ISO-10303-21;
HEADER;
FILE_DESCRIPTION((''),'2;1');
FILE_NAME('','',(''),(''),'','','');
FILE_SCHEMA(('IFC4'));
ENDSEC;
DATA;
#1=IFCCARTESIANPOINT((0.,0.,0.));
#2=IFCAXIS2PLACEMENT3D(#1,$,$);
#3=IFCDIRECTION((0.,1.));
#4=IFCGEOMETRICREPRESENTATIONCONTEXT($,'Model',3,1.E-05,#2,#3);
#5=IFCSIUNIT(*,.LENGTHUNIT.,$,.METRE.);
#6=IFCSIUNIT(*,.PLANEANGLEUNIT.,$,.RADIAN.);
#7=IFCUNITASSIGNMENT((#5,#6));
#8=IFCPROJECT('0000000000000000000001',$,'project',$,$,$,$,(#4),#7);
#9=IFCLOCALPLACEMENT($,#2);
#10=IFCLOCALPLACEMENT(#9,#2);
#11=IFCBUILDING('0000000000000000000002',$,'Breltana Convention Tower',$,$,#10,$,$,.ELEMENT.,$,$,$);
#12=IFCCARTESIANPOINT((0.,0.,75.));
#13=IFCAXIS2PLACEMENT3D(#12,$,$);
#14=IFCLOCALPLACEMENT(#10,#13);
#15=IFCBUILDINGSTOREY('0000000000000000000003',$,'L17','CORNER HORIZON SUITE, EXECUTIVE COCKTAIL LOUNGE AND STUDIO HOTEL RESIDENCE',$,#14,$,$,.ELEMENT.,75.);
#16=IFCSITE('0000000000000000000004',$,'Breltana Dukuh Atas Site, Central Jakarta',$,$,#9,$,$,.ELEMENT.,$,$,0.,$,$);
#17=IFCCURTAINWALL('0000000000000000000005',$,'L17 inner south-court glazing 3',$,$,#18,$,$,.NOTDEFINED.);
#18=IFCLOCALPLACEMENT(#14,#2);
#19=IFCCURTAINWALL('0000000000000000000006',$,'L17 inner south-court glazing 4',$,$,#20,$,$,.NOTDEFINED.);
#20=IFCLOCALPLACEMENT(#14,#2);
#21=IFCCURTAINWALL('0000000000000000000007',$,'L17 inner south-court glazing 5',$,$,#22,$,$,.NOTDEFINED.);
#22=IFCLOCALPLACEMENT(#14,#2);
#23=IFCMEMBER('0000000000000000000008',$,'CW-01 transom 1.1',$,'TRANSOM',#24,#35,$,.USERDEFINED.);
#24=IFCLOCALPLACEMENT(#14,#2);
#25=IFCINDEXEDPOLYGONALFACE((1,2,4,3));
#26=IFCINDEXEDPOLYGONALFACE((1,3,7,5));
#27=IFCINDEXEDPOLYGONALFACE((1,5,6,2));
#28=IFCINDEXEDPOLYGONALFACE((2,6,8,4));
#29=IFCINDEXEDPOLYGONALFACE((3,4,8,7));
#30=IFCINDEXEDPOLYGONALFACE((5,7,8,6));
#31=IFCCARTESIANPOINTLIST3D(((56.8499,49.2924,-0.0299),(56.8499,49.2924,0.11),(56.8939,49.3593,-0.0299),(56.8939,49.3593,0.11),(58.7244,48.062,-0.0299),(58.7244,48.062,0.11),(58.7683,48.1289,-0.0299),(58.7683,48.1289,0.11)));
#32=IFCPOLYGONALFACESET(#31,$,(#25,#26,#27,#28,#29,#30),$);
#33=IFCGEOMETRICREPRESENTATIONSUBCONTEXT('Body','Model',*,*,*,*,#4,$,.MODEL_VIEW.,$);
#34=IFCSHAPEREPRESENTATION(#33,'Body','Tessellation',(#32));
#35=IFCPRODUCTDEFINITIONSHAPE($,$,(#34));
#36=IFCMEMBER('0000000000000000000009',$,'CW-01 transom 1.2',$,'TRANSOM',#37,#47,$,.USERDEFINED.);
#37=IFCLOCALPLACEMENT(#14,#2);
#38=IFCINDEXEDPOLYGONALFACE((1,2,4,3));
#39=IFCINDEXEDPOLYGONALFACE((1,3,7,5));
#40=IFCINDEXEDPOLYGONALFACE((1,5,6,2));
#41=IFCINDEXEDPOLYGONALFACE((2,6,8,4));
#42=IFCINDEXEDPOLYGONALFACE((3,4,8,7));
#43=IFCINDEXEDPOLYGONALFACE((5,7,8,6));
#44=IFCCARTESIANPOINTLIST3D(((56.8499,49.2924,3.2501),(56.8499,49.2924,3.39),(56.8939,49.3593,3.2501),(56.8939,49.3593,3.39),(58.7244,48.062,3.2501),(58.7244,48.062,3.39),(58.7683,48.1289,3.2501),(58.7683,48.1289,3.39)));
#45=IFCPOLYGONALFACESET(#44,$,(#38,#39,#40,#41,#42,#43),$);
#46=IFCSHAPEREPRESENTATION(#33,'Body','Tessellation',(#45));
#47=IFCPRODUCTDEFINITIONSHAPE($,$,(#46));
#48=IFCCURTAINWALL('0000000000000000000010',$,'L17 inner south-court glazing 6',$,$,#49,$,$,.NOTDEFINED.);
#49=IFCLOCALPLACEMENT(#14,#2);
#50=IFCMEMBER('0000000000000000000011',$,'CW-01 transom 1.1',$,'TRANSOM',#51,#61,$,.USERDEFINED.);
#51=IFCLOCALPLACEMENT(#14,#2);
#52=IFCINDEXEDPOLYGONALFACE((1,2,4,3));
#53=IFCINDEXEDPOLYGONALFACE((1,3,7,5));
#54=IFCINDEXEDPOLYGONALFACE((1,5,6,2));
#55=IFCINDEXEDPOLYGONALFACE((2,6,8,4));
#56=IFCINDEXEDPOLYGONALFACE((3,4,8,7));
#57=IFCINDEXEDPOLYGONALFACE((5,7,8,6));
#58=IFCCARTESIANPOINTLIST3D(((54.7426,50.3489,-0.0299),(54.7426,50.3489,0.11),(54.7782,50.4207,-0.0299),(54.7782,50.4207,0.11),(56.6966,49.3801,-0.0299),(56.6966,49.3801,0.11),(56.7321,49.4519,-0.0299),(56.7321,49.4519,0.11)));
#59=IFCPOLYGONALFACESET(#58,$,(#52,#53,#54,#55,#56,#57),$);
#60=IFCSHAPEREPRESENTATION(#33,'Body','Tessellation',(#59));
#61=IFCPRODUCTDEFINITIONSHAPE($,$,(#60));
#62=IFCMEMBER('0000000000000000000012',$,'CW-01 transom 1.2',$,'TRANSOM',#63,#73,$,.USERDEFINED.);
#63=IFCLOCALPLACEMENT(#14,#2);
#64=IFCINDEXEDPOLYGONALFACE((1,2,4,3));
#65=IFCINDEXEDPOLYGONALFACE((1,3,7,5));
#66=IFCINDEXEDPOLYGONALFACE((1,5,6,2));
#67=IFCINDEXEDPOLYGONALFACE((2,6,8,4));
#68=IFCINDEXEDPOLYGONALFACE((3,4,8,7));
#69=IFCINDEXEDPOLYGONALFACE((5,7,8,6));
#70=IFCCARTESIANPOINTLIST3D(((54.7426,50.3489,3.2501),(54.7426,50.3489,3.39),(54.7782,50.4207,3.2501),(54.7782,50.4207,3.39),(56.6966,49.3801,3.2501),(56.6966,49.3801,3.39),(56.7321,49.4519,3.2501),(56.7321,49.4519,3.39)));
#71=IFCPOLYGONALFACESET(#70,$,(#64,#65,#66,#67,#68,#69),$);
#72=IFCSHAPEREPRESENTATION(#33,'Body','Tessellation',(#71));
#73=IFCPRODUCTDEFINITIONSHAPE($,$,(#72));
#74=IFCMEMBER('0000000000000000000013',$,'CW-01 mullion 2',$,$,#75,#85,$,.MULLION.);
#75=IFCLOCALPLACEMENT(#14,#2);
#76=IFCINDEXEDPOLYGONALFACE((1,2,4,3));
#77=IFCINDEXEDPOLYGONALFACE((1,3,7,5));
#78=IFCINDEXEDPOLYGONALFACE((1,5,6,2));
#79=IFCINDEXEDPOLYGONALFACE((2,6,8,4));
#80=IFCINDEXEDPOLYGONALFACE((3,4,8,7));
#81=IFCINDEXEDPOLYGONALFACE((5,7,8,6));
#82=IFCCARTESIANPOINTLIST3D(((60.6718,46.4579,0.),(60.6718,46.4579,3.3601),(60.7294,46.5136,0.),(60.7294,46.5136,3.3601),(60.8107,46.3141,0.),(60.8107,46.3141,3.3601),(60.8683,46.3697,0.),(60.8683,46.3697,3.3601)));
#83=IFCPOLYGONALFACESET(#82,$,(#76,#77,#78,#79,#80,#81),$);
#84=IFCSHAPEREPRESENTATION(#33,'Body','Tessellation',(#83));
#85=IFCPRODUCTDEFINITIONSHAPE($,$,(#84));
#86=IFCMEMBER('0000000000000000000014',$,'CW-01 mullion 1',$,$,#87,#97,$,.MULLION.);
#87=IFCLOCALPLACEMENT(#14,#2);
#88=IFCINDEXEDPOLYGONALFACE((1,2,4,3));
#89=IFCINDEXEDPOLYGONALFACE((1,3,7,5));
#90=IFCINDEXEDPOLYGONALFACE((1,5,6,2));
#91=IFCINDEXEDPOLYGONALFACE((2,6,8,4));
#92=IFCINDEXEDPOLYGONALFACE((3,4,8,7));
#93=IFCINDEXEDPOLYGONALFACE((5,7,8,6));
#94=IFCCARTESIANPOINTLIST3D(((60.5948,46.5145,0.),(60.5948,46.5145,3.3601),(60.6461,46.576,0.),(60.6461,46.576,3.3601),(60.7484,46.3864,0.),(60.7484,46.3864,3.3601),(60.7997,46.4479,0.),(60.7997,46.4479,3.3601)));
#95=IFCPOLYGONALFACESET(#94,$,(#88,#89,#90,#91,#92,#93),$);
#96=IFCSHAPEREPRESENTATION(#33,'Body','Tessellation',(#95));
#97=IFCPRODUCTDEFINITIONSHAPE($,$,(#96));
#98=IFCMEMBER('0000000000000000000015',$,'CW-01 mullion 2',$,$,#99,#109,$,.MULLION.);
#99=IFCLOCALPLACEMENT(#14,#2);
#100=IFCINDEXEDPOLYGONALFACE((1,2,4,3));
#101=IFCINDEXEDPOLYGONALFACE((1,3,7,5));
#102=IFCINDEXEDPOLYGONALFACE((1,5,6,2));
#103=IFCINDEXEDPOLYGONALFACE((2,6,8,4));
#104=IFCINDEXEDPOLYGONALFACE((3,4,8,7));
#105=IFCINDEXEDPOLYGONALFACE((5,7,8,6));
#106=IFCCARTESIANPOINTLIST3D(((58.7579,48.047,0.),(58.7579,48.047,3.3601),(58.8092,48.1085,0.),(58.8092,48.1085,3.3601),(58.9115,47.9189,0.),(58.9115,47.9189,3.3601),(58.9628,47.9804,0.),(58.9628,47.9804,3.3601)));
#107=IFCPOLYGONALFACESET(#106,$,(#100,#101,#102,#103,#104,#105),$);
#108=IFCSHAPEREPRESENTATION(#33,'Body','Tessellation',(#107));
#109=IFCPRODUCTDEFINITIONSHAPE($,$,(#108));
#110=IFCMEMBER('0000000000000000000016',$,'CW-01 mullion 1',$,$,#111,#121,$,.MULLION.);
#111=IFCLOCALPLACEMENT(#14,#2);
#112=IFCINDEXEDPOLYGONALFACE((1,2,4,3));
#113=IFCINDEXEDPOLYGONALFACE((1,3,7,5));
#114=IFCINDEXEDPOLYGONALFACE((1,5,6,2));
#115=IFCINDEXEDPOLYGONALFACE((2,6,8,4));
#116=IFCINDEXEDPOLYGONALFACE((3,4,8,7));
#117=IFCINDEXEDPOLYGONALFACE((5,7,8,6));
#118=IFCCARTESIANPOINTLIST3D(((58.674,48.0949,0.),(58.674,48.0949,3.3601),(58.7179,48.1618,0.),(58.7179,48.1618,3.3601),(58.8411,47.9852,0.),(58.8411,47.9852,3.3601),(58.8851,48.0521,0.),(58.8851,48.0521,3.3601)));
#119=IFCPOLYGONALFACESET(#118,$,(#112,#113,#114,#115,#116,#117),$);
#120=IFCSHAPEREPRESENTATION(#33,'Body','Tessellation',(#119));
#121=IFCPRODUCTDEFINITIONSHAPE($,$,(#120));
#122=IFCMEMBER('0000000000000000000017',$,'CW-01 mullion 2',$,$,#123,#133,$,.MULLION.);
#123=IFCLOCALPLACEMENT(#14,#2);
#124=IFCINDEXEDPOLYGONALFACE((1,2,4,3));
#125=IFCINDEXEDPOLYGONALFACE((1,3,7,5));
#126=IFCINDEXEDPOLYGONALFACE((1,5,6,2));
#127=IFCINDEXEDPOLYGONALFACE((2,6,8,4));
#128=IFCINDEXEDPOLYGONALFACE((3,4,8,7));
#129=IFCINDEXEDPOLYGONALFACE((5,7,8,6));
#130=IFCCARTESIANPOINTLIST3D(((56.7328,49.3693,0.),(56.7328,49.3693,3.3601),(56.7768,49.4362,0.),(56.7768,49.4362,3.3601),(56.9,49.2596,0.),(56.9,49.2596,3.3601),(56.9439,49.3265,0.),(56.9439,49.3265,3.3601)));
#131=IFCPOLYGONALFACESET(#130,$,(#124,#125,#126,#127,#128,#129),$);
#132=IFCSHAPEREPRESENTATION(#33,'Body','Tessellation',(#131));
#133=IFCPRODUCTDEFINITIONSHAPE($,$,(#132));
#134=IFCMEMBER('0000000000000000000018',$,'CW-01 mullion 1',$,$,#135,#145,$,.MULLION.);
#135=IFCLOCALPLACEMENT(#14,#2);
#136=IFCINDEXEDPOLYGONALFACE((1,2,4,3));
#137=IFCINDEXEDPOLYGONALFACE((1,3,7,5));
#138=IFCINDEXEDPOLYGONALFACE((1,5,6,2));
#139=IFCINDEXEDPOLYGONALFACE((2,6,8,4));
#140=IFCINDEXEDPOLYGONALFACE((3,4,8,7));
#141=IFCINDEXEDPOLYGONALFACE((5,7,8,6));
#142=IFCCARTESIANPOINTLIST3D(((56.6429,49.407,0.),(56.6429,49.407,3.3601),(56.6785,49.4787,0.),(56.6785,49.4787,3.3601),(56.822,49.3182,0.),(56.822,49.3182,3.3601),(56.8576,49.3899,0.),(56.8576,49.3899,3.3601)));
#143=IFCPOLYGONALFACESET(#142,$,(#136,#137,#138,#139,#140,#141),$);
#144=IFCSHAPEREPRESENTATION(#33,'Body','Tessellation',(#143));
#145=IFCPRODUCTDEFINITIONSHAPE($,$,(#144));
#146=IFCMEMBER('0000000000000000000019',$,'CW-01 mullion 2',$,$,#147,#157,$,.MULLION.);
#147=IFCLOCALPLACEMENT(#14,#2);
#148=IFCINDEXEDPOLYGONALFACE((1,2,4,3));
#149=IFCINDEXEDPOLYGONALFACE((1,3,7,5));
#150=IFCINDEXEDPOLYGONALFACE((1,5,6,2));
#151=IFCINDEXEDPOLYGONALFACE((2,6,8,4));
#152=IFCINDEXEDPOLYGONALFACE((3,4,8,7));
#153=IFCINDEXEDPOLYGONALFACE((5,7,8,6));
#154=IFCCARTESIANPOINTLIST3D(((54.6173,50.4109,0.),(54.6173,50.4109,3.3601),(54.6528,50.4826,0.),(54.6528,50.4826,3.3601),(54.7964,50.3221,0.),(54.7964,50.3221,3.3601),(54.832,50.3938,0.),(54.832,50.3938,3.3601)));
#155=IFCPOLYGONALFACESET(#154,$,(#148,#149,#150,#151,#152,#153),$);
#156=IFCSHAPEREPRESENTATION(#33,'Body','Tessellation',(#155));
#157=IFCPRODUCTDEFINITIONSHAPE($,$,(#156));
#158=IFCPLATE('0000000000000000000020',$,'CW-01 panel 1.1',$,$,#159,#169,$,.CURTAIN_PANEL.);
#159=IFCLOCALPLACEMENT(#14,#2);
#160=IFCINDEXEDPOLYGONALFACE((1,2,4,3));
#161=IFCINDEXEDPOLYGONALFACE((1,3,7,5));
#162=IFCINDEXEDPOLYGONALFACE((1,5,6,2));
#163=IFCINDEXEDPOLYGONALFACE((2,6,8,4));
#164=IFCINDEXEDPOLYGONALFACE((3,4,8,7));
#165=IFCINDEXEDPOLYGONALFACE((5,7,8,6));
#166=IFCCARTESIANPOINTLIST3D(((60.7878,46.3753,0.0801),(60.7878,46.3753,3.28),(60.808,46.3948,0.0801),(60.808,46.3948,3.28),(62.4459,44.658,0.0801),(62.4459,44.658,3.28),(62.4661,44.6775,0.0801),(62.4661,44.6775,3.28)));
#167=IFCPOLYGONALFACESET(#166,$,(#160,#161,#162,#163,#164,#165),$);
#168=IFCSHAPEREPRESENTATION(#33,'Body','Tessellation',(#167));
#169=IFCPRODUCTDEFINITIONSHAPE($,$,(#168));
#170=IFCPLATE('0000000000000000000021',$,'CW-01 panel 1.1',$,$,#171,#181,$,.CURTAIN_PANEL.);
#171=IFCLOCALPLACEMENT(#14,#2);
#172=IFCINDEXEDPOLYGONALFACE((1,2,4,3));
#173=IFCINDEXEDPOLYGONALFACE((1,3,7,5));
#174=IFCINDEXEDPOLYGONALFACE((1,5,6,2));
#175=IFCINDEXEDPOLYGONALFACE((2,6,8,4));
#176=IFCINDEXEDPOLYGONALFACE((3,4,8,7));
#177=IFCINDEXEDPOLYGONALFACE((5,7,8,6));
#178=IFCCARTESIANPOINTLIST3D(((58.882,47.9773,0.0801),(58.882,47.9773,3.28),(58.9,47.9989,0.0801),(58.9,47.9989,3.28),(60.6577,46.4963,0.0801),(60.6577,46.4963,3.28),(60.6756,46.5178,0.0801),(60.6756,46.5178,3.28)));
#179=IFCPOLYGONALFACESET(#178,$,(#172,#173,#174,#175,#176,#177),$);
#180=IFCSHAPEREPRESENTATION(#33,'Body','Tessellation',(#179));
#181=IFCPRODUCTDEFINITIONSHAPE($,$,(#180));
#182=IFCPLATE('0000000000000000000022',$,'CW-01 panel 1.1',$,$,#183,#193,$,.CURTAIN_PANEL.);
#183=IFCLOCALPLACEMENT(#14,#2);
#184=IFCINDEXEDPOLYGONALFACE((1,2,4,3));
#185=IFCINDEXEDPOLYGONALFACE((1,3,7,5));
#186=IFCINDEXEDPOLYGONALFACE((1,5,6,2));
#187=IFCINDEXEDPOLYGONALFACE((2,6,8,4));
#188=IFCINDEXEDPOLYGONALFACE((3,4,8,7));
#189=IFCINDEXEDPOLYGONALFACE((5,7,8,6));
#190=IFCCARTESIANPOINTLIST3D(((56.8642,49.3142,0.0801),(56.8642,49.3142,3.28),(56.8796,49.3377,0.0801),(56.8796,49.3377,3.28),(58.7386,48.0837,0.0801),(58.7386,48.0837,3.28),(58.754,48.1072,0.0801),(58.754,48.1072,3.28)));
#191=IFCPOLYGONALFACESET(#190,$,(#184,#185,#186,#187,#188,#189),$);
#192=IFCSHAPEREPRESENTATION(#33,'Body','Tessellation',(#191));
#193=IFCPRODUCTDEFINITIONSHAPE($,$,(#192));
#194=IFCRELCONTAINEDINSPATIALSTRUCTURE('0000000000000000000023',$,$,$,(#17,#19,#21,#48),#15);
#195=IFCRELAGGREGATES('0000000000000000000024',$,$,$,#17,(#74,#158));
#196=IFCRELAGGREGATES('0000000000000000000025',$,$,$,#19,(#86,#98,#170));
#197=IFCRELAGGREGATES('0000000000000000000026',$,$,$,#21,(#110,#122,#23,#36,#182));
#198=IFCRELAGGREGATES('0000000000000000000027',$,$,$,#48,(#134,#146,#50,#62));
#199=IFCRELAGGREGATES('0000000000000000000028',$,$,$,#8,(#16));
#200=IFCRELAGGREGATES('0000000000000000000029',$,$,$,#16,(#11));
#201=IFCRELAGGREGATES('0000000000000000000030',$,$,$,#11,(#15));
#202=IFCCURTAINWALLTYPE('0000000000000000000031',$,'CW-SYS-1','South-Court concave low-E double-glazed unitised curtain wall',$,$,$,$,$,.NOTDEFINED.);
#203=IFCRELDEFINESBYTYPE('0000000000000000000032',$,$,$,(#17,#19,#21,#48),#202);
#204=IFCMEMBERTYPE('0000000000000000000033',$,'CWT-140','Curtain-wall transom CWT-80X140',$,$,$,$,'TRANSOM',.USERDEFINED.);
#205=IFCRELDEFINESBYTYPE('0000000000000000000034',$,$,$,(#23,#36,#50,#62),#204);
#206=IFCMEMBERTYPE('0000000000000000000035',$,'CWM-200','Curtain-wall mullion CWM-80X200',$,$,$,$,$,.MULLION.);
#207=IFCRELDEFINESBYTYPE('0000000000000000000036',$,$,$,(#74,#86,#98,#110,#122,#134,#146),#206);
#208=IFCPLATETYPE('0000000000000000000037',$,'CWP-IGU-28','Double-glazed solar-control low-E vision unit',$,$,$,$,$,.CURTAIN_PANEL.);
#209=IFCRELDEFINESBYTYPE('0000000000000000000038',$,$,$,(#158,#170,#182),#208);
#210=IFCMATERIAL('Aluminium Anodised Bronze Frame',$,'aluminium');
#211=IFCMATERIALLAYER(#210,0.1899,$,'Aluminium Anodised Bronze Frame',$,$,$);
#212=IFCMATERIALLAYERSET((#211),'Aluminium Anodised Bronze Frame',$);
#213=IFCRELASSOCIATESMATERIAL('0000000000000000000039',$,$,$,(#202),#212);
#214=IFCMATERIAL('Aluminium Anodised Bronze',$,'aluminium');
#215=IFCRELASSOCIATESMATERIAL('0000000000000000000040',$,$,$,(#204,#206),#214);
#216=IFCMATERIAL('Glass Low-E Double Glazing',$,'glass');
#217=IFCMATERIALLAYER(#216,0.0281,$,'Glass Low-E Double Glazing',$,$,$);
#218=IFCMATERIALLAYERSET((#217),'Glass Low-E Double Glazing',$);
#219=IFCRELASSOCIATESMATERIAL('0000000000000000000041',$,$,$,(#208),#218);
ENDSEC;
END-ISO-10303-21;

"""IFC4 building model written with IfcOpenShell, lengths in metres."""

from ifc_helpers import new_model, si_unit, direction, frame, origin, origin_2d, place, context, subcontext, project, spatial, rectangle, extrude, source, transform, mapped, material, layer, layer_set, material_profile, profile_set, type_object, element, aggregate, save


model = new_model("IFC4")

# Units and contexts
model_context = context("Model", 3, precision=1e-05, world=origin(), true_north=direction((0.0, 1.0)))
body_context = subcontext(model_context, "Body", "Model", "MODEL_VIEW")
ifc_project = project(units=[si_unit("LENGTHUNIT", "METRE"), si_unit("PLANEANGLEUNIT", "RADIAN")], contexts=[model_context])

# Site, building, storey
site_placement = place(None, origin())
site = spatial("IfcSite", under=ifc_project, at=site_placement, Name="Breltana Dukuh Atas Site, Central Jakarta", CompositionType="ELEMENT", RefElevation=0.0)
building_placement = place(site_placement, origin())
building = spatial("IfcBuilding", under=site, at=building_placement, Name="Breltana Convention Tower", CompositionType="ELEMENT")
storey_placement = place(building_placement, frame((0.0, 0.0, 75.0)))
storey = spatial("IfcBuildingStorey", under=building, at=storey_placement, Name="L17", Description="CORNER HORIZON SUITE, EXECUTIVE COCKTAIL LOUNGE AND STUDIO HOTEL RESIDENCE", CompositionType="ELEMENT", Elevation=75.0)

# Curtain walls, members
ifc_material_1 = material(Name="Aluminium Anodised Bronze Frame", Category="aluminium")
ifc_layer_1 = layer(ifc_material_1, 0.1899, Name="Aluminium Anodised Bronze Frame")
ifc_layer_set_1 = layer_set([ifc_layer_1], Name="Aluminium Anodised Bronze Frame")
curtain_wall_type = type_object("IfcCurtainWallType", Name="CW-SYS-1", Description="South-Court concave low-E double-glazed unitised curtain wall", PredefinedType="NOTDEFINED", material=ifc_layer_set_1)
curtain_wall_1_placement = place(storey_placement, origin())
curtain_wall_1 = element("IfcCurtainWall", 1, at=curtain_wall_1_placement, inside=storey, type_object=curtain_wall_type, Name="L17 inner south-court glazing 3", PredefinedType="NOTDEFINED")
ifc_material_2 = material(Name="Aluminium Anodised Bronze", Category="aluminium")
ifc_material_profile_1 = material_profile(ifc_material_2, rectangle(XDim=0.0801, YDim=0.1399, at=origin_2d()), Name="CWT-80X140")
ifc_profile_set_1 = profile_set([ifc_material_profile_1], Name="Aluminium Anodised Bronze")
member_type_1 = type_object("IfcMemberType", Name="CWT-140", Description="Curtain-wall transom CWT-80X140", ElementType="TRANSOM", PredefinedType="USERDEFINED", material=ifc_profile_set_1)
curtain_wall_2_placement = place(storey_placement, origin())
curtain_wall_2 = element("IfcCurtainWall", 2, at=curtain_wall_2_placement, inside=storey, type_object=curtain_wall_type, Name="L17 inner south-court glazing 4", PredefinedType="NOTDEFINED")
curtain_wall_3_placement = place(storey_placement, origin())
curtain_wall_3 = element("IfcCurtainWall", 3, at=curtain_wall_3_placement, inside=storey, type_object=curtain_wall_type, Name="L17 inner south-court glazing 5", PredefinedType="NOTDEFINED")
shared_shape_1 = source(origin(), body_context, "Body", "SweptSolid", [
    extrude(rectangle(XDim=0.0801, YDim=0.1399, at=origin_2d()), origin(), (0.0, 0.0, 1.0), 2.2422),
])
member_1_placement = place(storey_placement, frame((58.7463, 48.0955, 0.04), z_axis=(-0.835982, 0.548756, 0.0), x_axis=(-0.548756, -0.835982, 0.0)))
member_1 = element("IfcMember", 4, at=member_1_placement, type_object=member_type_1, Name="CW-01 transom 1.1", ObjectType="TRANSOM", PredefinedType="USERDEFINED", context=body_context, shape_type="MappedRepresentation", body=[
    mapped(shared_shape_1, transform((0.0, 0.0, 0.0), scale=1.0)),
])
member_2_placement = place(storey_placement, frame((58.7463, 48.0955, 3.3201), z_axis=(-0.835982, 0.548756, 0.0), x_axis=(-0.548756, -0.835982, 0.0)))
member_2 = element("IfcMember", 5, at=member_2_placement, type_object=member_type_1, Name="CW-01 transom 1.2", ObjectType="TRANSOM", PredefinedType="USERDEFINED", context=body_context, shape_type="MappedRepresentation", body=[
    mapped(shared_shape_1, transform((0.0, 0.0, 0.0), scale=1.0)),
])
curtain_wall_4_placement = place(storey_placement, origin())
curtain_wall_4 = element("IfcCurtainWall", 6, at=curtain_wall_4_placement, inside=storey, type_object=curtain_wall_type, Name="L17 inner south-court glazing 6", PredefinedType="NOTDEFINED")
shared_shape_2 = source(origin(), body_context, "Body", "SweptSolid", [
    extrude(rectangle(XDim=0.0801, YDim=0.1399, at=origin_2d()), origin(), (0.0, 0.0, 1.0), 2.1809),
])
member_3_placement = place(storey_placement, frame((56.7144, 49.416, 0.04), z_axis=(-0.895922, 0.444211, 0.0), x_axis=(-0.444211, -0.895922, 0.0)))
member_3 = element("IfcMember", 7, at=member_3_placement, type_object=member_type_1, Name="CW-01 transom 1.1", ObjectType="TRANSOM", PredefinedType="USERDEFINED", context=body_context, shape_type="MappedRepresentation", body=[
    mapped(shared_shape_2, transform((0.0, 0.0, 0.0), scale=1.0)),
])
member_4_placement = place(storey_placement, frame((56.7144, 49.416, 3.3201), z_axis=(-0.895922, 0.444211, 0.0), x_axis=(-0.444211, -0.895922, 0.0)))
member_4 = element("IfcMember", 8, at=member_4_placement, type_object=member_type_1, Name="CW-01 transom 1.2", ObjectType="TRANSOM", PredefinedType="USERDEFINED", context=body_context, shape_type="MappedRepresentation", body=[
    mapped(shared_shape_2, transform((0.0, 0.0, 0.0), scale=1.0)),
])

# Members
ifc_material_profile_2 = material_profile(ifc_material_2, rectangle(XDim=0.0801, YDim=0.2, at=origin_2d()), Name="CWM-80X200")
ifc_profile_set_2 = profile_set([ifc_material_profile_2], Name="Aluminium Anodised Bronze")
member_type_2 = type_object("IfcMemberType", Name="CWM-200", Description="Curtain-wall mullion CWM-80X200", PredefinedType="MULLION", material=ifc_profile_set_2)
shared_shape_3 = source(origin(), body_context, "Body", "SweptSolid", [
    extrude(rectangle(XDim=0.0801, YDim=0.2, at=origin_2d()), origin(), (0.0, 0.0, 1.0), 3.3601),
])
member_5_placement = place(storey_placement, frame((60.77, 46.4138, 0.0), z_axis=(0.0, 0.0, 1.0), x_axis=(-0.719385, -0.694612, 0.0)))
member_5 = element("IfcMember", 9, at=member_5_placement, type_object=member_type_2, Name="CW-01 mullion 2", PredefinedType="MULLION", context=body_context, shape_type="MappedRepresentation", body=[
    mapped(shared_shape_3, transform((0.0, 0.0, 0.0), scale=1.0)),
])
member_6_placement = place(storey_placement, frame((60.6973, 46.4812, 0.0), z_axis=(0.0, 0.0, 1.0), x_axis=(-0.640523, -0.767939, 0.0)))
member_6 = element("IfcMember", 10, at=member_6_placement, type_object=member_type_2, Name="CW-01 mullion 1", PredefinedType="MULLION", context=body_context, shape_type="MappedRepresentation", body=[
    mapped(shared_shape_3, transform((0.0, 0.0, 0.0), scale=1.0)),
])
member_7_placement = place(storey_placement, frame((58.8604, 48.0137, 0.0), z_axis=(0.0, 0.0, 1.0), x_axis=(-0.640523, -0.767939, 0.0)))
member_7 = element("IfcMember", 11, at=member_7_placement, type_object=member_type_2, Name="CW-01 mullion 2", PredefinedType="MULLION", context=body_context, shape_type="MappedRepresentation", body=[
    mapped(shared_shape_3, transform((0.0, 0.0, 0.0), scale=1.0)),
])
member_8_placement = place(storey_placement, frame((58.7795, 48.0735, 0.0), z_axis=(0.0, 0.0, 1.0), x_axis=(-0.548778, -0.835968, 0.0)))
member_8 = element("IfcMember", 12, at=member_8_placement, type_object=member_type_2, Name="CW-01 mullion 1", PredefinedType="MULLION", context=body_context, shape_type="MappedRepresentation", body=[
    mapped(shared_shape_3, transform((0.0, 0.0, 0.0), scale=1.0)),
])
member_9_placement = place(storey_placement, frame((56.8384, 49.3479, 0.0), z_axis=(0.0, 0.0, 1.0), x_axis=(-0.548778, -0.835968, 0.0)))
member_9 = element("IfcMember", 13, at=member_9_placement, type_object=member_type_2, Name="CW-01 mullion 2", PredefinedType="MULLION", context=body_context, shape_type="MappedRepresentation", body=[
    mapped(shared_shape_3, transform((0.0, 0.0, 0.0), scale=1.0)),
])
member_10_placement = place(storey_placement, frame((56.7502, 49.3984, 0.0), z_axis=(0.0, 0.0, 1.0), x_axis=(-0.444118, -0.895968, 0.0)))
member_10 = element("IfcMember", 14, at=member_10_placement, type_object=member_type_2, Name="CW-01 mullion 1", PredefinedType="MULLION", context=body_context, shape_type="MappedRepresentation", body=[
    mapped(shared_shape_3, transform((0.0, 0.0, 0.0), scale=1.0)),
])
member_11_placement = place(storey_placement, frame((54.7246, 50.4023, 0.0), z_axis=(0.0, 0.0, 1.0), x_axis=(-0.444118, -0.895968, 0.0)))
member_11 = element("IfcMember", 15, at=member_11_placement, type_object=member_type_2, Name="CW-01 mullion 2", PredefinedType="MULLION", context=body_context, shape_type="MappedRepresentation", body=[
    mapped(shared_shape_3, transform((0.0, 0.0, 0.0), scale=1.0)),
])

# Plates
ifc_material_3 = material(Name="Glass Low-E Double Glazing", Category="glass")
ifc_layer_2 = layer(ifc_material_3, 0.0281, Name="Glass Low-E Double Glazing")
ifc_layer_set_2 = layer_set([ifc_layer_2], Name="Glass Low-E Double Glazing")
plate_type = type_object("IfcPlateType", Name="CWP-IGU-28", Description="Double-glazed solar-control low-E vision unit", PredefinedType="CURTAIN_PANEL", material=ifc_layer_set_2)
shared_shape_4 = source(origin(), body_context, "Body", "SweptSolid", [
    extrude(rectangle(XDim=2.3872, YDim=0.0281, at=origin_2d()), origin(), (0.0, 0.0, 1.0), 3.2),
])
plate_1_placement = place(storey_placement, frame((61.627, 45.5264, 0.0801), z_axis=(0.0, 0.0, 1.0), x_axis=(-0.694612, 0.719385, 0.0)))
plate_1 = element("IfcPlate", 16, at=plate_1_placement, type_object=plate_type, Name="CW-01 panel 1.1", PredefinedType="CURTAIN_PANEL", context=body_context, shape_type="MappedRepresentation", body=[
    mapped(shared_shape_4, transform((0.0, 0.0, 0.0), scale=1.0)),
])
aggregate(curtain_wall_1, [member_5, plate_1])
shared_shape_5 = source(origin(), body_context, "Body", "SweptSolid", [
    extrude(rectangle(XDim=2.3123, YDim=0.0281, at=origin_2d()), origin(), (0.0, 0.0, 1.0), 3.2),
])
plate_2_placement = place(storey_placement, frame((59.7788, 47.2476, 0.0801), z_axis=(0.0, 0.0, 1.0), x_axis=(-0.767939, 0.640523, 0.0)))
plate_2 = element("IfcPlate", 17, at=plate_2_placement, type_object=plate_type, Name="CW-01 panel 1.1", PredefinedType="CURTAIN_PANEL", context=body_context, shape_type="MappedRepresentation", body=[
    mapped(shared_shape_5, transform((0.0, 0.0, 0.0), scale=1.0)),
])
aggregate(curtain_wall_2, [member_6, member_7, plate_2])
shared_shape_6 = source(origin(), body_context, "Body", "SweptSolid", [
    extrude(rectangle(XDim=2.2422, YDim=0.0281, at=origin_2d()), origin(), (0.0, 0.0, 1.0), 3.2),
])
plate_3_placement = place(storey_placement, frame((57.8091, 48.7107, 0.0801), z_axis=(0.0, 0.0, 1.0), x_axis=(-0.835968, 0.548778, 0.0)))
plate_3 = element("IfcPlate", 18, at=plate_3_placement, type_object=plate_type, Name="CW-01 panel 1.1", PredefinedType="CURTAIN_PANEL", context=body_context, shape_type="MappedRepresentation", body=[
    mapped(shared_shape_6, transform((0.0, 0.0, 0.0), scale=1.0)),
])
aggregate(curtain_wall_3, [member_8, member_9, member_1, member_2, plate_3])
aggregate(curtain_wall_4, [member_10, member_11, member_3, member_4])

save(model, "model.ifc")
